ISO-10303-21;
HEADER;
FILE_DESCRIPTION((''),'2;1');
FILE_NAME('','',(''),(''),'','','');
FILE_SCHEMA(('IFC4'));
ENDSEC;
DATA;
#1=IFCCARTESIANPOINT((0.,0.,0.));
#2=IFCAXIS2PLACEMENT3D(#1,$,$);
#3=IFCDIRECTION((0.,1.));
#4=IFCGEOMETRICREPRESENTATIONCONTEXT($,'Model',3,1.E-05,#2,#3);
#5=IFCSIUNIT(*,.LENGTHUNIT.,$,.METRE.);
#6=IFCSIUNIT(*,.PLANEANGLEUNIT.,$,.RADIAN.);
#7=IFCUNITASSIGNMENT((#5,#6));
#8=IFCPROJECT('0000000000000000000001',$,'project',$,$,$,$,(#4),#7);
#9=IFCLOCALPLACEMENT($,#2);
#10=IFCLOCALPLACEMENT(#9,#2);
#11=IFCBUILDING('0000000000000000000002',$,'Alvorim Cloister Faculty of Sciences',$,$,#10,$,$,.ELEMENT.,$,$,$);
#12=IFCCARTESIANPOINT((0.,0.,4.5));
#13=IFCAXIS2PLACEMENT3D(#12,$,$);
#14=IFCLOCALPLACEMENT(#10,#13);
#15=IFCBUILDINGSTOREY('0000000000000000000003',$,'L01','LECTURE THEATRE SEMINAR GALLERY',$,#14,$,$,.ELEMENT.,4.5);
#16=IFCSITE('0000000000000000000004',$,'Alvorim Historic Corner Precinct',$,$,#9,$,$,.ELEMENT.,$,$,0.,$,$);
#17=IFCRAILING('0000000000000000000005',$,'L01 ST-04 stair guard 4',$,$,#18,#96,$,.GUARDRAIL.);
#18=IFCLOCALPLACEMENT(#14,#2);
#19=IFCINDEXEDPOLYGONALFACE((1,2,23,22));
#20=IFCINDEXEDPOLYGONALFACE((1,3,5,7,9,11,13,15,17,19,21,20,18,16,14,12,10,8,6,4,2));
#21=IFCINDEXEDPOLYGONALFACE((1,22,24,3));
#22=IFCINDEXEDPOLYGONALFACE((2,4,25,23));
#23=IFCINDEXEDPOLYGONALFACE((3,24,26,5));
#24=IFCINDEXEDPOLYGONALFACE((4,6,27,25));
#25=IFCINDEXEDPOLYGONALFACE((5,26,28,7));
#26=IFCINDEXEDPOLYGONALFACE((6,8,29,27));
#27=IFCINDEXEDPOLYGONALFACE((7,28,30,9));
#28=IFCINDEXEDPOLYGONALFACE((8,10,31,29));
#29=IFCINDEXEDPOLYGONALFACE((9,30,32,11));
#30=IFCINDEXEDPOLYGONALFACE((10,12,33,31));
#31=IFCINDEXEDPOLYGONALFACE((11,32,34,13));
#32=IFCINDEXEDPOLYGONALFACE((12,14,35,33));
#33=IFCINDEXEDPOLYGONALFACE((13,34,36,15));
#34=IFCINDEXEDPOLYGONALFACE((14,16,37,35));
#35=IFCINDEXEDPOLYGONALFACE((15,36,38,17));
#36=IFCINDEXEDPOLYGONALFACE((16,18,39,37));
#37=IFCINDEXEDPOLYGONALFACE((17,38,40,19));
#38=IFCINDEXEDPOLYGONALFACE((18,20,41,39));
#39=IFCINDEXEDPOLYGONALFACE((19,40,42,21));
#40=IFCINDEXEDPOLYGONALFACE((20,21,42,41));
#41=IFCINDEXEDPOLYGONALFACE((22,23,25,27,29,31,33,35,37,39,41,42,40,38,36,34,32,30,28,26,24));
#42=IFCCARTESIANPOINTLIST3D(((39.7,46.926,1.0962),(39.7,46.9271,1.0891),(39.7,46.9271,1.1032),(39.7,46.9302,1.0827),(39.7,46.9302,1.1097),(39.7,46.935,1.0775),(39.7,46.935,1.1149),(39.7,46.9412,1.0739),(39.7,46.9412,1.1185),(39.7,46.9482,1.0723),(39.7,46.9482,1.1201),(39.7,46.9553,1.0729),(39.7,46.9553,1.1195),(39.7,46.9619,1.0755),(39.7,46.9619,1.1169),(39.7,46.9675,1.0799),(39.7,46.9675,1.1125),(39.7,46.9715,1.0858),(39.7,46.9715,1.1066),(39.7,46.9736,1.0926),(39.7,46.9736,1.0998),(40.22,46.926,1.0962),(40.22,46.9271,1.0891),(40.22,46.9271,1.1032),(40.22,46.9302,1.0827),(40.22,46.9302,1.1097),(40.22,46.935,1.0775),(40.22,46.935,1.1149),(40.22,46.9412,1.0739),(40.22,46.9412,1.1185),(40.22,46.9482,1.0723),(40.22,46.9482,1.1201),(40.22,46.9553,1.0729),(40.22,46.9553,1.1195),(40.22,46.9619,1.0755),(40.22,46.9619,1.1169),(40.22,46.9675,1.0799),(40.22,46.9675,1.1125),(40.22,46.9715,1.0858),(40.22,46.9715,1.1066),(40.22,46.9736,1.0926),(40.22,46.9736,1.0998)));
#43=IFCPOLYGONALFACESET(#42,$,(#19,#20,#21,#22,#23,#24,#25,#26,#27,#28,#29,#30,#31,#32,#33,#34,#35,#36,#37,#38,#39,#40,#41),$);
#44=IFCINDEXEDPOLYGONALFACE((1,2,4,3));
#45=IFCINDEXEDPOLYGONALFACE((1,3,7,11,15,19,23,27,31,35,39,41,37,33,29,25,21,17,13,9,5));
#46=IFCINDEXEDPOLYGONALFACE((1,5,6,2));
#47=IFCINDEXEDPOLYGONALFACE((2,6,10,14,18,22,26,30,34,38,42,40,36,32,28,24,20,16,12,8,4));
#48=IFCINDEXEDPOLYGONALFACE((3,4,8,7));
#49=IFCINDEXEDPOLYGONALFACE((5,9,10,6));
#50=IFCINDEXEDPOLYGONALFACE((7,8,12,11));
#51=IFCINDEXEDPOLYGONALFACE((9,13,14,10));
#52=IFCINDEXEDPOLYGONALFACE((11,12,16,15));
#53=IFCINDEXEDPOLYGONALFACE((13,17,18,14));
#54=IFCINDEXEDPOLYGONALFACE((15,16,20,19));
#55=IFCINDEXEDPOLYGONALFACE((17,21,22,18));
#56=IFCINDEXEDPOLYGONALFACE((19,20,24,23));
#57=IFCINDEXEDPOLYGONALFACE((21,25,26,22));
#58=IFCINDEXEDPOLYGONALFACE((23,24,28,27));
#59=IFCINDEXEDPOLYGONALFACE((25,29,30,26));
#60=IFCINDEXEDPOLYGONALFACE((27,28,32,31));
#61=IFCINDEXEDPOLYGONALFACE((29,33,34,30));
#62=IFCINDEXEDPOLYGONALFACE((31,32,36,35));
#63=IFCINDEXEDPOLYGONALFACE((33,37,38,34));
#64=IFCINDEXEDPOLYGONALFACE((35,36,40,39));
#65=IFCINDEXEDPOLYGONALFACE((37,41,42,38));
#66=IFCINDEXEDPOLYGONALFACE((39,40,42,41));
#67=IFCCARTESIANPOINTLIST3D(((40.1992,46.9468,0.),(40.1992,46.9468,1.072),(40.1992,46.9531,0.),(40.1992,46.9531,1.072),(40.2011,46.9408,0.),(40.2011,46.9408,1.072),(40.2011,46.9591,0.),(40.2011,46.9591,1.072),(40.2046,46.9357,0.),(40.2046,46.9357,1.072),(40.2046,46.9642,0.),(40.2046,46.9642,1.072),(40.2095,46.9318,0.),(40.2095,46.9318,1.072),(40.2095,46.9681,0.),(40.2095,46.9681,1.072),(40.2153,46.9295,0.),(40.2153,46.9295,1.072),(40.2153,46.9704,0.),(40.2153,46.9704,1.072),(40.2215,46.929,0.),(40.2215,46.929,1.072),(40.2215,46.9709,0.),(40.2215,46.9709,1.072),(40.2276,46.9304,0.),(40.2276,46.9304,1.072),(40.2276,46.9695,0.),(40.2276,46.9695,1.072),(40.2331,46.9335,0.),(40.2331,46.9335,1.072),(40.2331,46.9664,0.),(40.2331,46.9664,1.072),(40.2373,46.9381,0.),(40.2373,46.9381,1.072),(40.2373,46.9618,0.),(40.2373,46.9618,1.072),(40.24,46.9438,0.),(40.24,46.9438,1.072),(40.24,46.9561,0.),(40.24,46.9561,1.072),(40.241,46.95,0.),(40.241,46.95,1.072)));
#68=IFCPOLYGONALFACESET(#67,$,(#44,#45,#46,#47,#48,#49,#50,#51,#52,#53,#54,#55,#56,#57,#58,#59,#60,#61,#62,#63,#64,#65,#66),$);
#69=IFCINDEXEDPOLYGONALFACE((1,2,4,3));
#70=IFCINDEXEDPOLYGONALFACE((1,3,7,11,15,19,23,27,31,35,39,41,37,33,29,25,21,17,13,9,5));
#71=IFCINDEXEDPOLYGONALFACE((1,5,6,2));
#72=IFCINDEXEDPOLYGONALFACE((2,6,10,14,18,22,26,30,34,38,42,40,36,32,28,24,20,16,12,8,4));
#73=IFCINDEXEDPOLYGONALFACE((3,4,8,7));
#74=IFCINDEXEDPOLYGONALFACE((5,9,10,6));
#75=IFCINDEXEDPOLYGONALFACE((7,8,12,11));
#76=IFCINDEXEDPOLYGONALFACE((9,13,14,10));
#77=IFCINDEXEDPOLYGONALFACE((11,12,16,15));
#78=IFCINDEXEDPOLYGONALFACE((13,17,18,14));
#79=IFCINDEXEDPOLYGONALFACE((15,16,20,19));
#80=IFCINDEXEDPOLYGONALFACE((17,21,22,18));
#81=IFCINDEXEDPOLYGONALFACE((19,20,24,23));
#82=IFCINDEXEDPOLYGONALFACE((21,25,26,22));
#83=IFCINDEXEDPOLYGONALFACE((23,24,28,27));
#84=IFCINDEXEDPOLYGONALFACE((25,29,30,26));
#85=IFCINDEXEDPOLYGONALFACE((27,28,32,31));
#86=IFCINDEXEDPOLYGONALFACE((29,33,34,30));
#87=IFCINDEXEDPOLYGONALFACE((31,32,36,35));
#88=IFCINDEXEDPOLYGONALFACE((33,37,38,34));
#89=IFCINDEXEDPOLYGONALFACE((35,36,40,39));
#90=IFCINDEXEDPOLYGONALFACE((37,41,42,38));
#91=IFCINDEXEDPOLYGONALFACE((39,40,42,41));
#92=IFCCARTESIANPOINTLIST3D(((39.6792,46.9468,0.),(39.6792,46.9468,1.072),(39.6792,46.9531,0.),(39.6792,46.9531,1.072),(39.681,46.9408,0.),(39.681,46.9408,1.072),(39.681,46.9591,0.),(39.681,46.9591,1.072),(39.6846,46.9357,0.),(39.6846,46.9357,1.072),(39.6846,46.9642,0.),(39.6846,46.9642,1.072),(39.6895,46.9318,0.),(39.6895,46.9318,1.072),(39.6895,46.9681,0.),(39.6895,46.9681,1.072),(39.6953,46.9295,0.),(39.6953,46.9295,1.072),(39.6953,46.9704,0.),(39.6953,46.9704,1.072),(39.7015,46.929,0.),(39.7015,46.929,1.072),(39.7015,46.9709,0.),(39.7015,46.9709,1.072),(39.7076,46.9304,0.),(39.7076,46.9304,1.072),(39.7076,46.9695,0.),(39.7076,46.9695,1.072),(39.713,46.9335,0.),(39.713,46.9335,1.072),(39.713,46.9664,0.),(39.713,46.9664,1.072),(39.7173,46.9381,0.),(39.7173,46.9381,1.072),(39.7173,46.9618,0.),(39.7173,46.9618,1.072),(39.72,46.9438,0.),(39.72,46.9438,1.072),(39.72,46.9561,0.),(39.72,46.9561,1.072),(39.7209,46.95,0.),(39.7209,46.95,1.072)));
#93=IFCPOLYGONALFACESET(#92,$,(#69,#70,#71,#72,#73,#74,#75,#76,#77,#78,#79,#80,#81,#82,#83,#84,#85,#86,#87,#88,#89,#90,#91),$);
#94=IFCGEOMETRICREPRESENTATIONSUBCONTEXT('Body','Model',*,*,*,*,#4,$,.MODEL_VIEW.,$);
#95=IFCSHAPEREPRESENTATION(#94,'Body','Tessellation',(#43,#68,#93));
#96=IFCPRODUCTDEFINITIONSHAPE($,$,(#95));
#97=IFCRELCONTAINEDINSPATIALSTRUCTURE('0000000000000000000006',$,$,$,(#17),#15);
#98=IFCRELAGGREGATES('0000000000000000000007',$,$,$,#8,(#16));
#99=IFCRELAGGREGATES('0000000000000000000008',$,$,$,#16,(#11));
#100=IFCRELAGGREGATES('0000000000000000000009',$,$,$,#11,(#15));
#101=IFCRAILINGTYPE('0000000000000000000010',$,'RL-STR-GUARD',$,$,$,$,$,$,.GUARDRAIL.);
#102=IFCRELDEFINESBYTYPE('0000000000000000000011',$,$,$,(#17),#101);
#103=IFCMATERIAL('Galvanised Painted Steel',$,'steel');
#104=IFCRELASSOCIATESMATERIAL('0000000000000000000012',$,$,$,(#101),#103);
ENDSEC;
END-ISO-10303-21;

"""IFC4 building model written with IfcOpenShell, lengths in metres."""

from ifc_helpers import new_model, si_unit, direction, frame, origin, origin_2d, place, context, subcontext, project, spatial, circle, extrude, material, type_object, element, save


model = new_model("IFC4")

# Units and contexts
model_context = context("Model", 3, precision=1e-05, world=origin(), true_north=direction((0.0, 1.0)))
body_context = subcontext(model_context, "Body", "Model", "MODEL_VIEW")
ifc_project = project(units=[si_unit("LENGTHUNIT", "METRE"), si_unit("PLANEANGLEUNIT", "RADIAN")], contexts=[model_context])

# Site, building, storey
site_placement = place(None, origin())
site = spatial("IfcSite", under=ifc_project, at=site_placement, Name="Alvorim Historic Corner Precinct", CompositionType="ELEMENT", RefElevation=0.0)
building_placement = place(site_placement, origin())
building = spatial("IfcBuilding", under=site, at=building_placement, Name="Alvorim Cloister Faculty of Sciences", CompositionType="ELEMENT")
storey_placement = place(building_placement, frame((0.0, 0.0, 4.5)))
storey = spatial("IfcBuildingStorey", under=building, at=storey_placement, Name="L01", Description="LECTURE THEATRE SEMINAR GALLERY", CompositionType="ELEMENT", Elevation=4.5)

# Railing
ifc_material_1 = material(Name="Galvanised Painted Steel", Category="steel")
railing_type_1 = type_object("IfcRailingType", Name="RL-STR-GUARD", PredefinedType="GUARDRAIL", material=ifc_material_1)
railing_1_placement = place(storey_placement, frame((40.22, 46.95, 0.0)))
element("IfcRailing", 1, at=railing_1_placement, inside=storey, type_object=railing_type_1, Name="L01 ST-04 stair guard 4", PredefinedType="GUARDRAIL", context=body_context, shape_type="SweptSolid", body=[
    extrude(circle(Radius=0.0239, at=origin_2d()), frame((0.0, 0.0, 1.0962), z_axis=(-1.0, 0.0, 0.0), x_axis=(0.0, -1.0, 0.0)), (0.0, 0.0, 1.0), 0.52),
    extrude(circle(Radius=0.021, at=origin_2d()), origin(), (0.0, 0.0, 1.0), 1.072),
    extrude(circle(Radius=0.021, at=origin_2d()), frame((-0.52, 0.0, 0.0)), (0.0, 0.0, 1.0), 1.072),
])

save(model, "model.ifc")
